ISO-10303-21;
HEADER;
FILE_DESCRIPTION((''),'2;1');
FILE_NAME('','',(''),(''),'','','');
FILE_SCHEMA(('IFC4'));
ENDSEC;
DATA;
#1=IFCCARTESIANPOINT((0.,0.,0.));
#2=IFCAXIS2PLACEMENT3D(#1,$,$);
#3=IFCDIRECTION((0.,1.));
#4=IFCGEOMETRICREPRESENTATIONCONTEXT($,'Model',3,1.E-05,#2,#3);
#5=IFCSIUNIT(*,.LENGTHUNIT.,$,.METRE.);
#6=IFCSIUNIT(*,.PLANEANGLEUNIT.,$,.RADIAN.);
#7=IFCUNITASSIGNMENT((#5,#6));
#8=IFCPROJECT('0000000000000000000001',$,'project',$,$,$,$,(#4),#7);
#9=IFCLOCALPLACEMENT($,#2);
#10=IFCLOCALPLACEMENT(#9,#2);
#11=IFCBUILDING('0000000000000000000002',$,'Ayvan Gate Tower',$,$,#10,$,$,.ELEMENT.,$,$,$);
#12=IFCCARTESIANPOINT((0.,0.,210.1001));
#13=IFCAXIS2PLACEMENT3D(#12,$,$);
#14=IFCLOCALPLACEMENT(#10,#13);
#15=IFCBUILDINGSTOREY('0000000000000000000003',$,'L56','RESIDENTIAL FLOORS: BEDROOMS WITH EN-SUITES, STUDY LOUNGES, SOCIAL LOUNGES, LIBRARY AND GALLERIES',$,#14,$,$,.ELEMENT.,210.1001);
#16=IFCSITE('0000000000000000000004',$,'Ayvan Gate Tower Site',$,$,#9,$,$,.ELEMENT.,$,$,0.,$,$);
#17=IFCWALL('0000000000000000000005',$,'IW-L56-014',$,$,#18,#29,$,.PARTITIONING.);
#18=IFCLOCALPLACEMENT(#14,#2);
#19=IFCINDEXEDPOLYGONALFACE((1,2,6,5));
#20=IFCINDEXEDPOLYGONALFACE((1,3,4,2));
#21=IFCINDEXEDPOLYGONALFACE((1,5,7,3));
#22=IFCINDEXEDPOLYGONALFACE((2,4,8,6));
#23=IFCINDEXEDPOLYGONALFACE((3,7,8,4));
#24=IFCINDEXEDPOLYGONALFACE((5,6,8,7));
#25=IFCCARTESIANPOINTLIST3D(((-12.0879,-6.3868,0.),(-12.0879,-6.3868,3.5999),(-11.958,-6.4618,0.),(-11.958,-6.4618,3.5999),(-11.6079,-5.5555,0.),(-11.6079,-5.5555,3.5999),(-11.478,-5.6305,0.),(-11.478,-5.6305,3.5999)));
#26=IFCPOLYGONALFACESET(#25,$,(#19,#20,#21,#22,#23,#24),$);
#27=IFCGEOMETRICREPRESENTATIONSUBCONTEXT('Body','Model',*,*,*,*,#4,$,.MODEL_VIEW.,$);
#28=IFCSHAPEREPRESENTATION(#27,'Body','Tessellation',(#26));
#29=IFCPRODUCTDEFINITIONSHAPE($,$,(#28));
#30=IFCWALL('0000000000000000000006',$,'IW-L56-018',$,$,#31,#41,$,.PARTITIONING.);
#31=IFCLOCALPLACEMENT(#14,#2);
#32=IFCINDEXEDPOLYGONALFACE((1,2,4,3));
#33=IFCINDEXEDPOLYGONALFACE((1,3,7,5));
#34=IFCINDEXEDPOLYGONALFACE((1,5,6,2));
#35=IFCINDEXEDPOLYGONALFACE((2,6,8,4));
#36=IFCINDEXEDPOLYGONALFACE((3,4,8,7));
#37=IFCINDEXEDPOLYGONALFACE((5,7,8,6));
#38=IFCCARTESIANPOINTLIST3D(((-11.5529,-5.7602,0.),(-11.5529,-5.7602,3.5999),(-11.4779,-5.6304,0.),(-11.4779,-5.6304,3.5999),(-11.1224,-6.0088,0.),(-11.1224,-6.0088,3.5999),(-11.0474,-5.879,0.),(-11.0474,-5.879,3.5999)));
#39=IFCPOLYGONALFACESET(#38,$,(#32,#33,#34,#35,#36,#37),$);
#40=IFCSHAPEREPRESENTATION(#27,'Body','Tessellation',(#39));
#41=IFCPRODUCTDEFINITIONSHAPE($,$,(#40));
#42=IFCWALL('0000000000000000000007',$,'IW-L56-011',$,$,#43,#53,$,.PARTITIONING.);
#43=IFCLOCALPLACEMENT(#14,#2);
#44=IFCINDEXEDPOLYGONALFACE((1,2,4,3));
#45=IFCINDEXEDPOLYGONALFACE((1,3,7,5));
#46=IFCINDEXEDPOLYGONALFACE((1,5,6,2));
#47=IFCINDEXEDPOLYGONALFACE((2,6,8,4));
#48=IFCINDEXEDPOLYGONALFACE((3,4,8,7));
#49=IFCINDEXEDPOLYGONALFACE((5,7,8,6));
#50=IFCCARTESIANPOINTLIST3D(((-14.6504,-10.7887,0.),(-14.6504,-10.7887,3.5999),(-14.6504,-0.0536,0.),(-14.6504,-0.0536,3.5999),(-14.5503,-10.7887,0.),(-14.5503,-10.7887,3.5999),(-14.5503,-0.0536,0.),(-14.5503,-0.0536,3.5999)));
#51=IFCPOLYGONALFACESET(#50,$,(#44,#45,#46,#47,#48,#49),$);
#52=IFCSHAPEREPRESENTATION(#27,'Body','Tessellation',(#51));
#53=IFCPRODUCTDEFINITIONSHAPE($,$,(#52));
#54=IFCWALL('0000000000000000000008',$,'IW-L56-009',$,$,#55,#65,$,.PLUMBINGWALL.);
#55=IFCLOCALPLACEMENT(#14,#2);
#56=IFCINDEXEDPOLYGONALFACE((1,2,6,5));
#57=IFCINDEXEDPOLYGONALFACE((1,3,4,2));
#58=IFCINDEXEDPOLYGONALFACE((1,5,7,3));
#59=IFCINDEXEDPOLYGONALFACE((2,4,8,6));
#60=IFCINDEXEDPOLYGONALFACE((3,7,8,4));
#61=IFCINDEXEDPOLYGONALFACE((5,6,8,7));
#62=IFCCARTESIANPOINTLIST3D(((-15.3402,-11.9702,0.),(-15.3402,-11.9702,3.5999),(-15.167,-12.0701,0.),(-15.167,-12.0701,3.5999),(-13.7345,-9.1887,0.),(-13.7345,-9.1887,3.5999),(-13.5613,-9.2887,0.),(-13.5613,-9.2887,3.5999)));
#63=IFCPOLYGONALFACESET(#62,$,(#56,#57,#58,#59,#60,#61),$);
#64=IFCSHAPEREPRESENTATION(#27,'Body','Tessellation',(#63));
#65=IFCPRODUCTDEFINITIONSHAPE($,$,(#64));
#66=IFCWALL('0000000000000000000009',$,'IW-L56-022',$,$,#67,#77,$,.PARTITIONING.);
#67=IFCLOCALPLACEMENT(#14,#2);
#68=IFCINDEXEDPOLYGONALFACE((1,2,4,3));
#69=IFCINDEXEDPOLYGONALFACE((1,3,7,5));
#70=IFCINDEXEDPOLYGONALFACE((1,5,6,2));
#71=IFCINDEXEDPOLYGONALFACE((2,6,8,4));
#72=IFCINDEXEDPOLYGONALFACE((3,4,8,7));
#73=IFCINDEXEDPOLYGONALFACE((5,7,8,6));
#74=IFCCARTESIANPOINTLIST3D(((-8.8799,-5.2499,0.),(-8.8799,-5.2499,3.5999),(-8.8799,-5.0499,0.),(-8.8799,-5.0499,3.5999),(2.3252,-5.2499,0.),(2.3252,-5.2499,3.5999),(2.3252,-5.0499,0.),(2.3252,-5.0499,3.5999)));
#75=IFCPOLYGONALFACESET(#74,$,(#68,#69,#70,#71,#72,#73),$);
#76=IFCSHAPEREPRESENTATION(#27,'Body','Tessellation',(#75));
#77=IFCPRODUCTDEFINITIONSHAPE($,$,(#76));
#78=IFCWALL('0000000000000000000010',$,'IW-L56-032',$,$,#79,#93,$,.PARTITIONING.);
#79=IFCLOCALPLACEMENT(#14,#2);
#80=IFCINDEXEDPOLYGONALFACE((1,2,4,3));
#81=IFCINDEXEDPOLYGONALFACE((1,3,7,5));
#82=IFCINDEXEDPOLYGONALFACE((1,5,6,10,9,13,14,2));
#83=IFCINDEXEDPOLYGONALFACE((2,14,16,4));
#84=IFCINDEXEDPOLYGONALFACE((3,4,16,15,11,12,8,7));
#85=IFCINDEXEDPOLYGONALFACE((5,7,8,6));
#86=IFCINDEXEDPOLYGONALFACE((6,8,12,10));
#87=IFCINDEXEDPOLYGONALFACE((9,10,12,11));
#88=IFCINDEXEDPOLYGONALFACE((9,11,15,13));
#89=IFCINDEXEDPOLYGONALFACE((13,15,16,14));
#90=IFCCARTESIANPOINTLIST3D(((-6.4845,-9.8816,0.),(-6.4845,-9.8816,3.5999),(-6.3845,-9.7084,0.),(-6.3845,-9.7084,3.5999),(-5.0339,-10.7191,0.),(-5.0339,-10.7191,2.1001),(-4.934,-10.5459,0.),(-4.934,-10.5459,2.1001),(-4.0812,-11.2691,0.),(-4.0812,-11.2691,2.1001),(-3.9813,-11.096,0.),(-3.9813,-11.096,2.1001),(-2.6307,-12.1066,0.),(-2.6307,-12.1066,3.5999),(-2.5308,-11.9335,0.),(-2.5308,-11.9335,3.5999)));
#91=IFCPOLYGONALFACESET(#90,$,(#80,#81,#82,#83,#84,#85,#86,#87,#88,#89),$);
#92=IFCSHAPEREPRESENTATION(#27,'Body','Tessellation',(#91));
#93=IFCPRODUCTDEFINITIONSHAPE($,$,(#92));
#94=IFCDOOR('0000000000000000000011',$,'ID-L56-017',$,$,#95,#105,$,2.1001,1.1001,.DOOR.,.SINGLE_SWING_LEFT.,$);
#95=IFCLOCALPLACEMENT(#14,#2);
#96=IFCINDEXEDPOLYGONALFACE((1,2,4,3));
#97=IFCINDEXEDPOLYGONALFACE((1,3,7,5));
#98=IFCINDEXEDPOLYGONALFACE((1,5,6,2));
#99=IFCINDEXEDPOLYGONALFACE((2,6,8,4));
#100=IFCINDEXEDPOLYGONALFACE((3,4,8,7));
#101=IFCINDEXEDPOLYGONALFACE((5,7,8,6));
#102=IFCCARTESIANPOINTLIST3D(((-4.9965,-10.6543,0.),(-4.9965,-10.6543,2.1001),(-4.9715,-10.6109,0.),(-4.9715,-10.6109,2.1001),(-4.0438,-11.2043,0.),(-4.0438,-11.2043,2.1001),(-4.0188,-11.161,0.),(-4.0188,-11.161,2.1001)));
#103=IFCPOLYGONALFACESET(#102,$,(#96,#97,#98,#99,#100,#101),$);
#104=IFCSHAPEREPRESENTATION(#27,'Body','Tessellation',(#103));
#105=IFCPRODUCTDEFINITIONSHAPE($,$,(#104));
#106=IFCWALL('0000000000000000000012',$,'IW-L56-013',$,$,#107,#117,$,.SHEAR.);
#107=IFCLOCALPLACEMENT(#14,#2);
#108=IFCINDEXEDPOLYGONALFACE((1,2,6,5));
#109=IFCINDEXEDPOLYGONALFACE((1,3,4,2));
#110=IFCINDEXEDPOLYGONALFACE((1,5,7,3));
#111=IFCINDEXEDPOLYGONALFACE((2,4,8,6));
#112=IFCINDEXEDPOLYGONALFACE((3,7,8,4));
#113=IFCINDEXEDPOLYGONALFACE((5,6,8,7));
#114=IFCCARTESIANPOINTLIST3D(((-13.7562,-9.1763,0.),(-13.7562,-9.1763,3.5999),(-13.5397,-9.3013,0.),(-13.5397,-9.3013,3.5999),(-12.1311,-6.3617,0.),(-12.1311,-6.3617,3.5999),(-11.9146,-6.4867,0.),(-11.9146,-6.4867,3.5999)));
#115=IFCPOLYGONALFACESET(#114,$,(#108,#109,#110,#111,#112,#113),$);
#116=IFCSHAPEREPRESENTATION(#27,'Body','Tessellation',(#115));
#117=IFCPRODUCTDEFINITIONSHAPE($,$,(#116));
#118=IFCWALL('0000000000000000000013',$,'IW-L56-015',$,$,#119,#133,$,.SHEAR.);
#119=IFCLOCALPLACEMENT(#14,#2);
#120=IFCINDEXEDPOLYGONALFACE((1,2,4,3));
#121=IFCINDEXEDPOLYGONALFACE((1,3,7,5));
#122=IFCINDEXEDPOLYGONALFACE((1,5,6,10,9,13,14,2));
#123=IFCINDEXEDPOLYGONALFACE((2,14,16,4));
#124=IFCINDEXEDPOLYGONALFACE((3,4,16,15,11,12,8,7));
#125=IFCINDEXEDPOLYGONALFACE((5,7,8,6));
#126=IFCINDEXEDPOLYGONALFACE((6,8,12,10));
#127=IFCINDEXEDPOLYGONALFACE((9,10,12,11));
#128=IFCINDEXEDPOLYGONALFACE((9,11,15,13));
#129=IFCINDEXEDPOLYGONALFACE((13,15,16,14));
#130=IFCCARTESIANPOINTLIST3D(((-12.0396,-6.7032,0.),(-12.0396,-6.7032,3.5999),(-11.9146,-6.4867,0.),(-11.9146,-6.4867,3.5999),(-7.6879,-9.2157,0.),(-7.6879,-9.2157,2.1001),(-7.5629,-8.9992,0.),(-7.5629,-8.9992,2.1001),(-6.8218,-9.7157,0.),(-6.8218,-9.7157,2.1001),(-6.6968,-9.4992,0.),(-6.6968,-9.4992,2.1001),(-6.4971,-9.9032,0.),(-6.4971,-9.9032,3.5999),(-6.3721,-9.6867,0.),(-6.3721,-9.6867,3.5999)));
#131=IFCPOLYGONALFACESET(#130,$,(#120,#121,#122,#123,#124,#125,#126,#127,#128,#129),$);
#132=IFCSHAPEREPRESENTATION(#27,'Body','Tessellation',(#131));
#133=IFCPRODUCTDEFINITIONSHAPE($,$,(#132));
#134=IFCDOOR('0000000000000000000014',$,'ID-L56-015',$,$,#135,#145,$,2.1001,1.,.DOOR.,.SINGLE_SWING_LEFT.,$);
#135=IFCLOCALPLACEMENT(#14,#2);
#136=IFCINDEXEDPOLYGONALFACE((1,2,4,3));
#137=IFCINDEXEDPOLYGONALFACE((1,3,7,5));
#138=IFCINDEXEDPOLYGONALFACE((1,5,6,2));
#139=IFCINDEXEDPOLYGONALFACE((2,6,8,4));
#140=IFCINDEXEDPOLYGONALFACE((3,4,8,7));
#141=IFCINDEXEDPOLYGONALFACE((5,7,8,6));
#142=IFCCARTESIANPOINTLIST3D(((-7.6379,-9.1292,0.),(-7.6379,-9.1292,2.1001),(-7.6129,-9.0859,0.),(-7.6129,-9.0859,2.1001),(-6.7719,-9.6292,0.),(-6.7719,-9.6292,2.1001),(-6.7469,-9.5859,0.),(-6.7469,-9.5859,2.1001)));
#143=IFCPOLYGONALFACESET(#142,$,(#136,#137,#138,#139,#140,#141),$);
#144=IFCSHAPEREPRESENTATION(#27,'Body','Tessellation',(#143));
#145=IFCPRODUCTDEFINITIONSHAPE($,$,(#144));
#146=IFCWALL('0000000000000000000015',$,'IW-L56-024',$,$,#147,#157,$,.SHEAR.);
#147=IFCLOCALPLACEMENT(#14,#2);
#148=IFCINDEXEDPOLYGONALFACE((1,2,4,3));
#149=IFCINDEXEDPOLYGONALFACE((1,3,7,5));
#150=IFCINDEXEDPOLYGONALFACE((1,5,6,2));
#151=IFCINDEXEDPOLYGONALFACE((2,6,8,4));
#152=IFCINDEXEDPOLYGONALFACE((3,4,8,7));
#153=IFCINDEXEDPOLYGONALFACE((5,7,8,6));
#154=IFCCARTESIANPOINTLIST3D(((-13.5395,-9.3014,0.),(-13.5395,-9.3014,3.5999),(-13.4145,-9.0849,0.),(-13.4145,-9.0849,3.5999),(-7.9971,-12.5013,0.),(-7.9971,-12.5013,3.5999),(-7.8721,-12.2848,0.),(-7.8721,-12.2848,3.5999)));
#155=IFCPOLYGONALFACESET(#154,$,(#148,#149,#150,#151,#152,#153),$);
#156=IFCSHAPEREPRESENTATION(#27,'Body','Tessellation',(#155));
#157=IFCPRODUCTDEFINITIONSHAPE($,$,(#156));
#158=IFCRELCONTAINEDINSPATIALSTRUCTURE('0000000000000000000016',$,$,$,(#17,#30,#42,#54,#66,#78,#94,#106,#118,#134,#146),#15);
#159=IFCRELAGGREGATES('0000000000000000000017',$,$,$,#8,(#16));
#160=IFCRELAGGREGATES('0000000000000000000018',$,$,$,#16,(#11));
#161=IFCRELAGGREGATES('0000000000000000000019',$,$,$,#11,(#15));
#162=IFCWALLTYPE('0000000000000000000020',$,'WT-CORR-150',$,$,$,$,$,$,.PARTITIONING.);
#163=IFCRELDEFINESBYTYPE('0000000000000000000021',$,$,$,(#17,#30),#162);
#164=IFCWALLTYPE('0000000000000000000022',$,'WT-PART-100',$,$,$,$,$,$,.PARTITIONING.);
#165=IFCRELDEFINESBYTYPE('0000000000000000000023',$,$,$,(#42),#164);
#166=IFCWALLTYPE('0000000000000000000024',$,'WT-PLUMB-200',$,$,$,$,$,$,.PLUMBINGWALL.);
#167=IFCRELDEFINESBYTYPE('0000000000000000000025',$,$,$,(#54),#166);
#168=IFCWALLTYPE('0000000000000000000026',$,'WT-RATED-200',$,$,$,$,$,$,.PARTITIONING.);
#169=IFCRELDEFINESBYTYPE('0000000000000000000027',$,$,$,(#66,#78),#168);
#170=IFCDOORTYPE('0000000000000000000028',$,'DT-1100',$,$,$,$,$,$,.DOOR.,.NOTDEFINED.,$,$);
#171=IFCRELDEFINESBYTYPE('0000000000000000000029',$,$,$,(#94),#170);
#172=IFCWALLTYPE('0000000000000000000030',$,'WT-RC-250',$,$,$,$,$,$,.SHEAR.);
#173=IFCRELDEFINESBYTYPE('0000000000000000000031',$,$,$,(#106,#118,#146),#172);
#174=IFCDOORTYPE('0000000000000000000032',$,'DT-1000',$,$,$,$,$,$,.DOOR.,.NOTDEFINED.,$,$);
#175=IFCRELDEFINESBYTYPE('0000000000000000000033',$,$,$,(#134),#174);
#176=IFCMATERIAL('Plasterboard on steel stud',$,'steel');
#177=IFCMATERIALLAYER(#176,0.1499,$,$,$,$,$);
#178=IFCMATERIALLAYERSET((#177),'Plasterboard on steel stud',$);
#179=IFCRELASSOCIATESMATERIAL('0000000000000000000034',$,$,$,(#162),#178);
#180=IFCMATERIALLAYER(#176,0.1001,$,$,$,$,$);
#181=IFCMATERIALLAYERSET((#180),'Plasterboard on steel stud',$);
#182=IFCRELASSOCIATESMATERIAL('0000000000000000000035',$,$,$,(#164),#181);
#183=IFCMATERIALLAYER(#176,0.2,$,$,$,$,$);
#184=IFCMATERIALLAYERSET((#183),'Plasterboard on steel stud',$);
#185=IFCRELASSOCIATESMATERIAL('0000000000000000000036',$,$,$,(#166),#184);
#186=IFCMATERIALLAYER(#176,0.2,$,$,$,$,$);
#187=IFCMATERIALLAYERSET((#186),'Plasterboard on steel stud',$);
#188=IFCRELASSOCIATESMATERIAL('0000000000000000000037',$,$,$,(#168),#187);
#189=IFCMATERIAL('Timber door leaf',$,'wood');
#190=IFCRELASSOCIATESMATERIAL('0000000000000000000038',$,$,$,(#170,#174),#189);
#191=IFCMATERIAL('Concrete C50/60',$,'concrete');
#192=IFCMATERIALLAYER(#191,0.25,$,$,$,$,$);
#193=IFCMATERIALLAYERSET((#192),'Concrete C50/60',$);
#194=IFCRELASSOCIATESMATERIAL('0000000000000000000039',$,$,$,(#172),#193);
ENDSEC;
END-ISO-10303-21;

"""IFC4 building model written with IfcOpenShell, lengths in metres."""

from ifc_helpers import new_model, si_unit, direction, frame, frame_2d, origin, place, context, subcontext, project, spatial, rectangle, extrude, material, layer, layer_set, type_object, element, fill, save


model = new_model("IFC4")

# Units and contexts
model_context = context("Model", 3, precision=1e-05, world=origin(), true_north=direction((0.0, 1.0)))
body_context = subcontext(model_context, "Body", "Model", "MODEL_VIEW")
ifc_project = project(units=[si_unit("LENGTHUNIT", "METRE"), si_unit("PLANEANGLEUNIT", "RADIAN")], contexts=[model_context])

# Site, building, storey
site_placement = place(None, origin())
site = spatial("IfcSite", under=ifc_project, at=site_placement, Name="Ayvan Gate Tower Site", CompositionType="ELEMENT", RefElevation=0.0)
building_placement = place(site_placement, origin())
building = spatial("IfcBuilding", under=site, at=building_placement, Name="Ayvan Gate Tower", CompositionType="ELEMENT")
storey_placement = place(building_placement, frame((0.0, 0.0, 210.1001)))
storey = spatial("IfcBuildingStorey", under=building, at=storey_placement, Name="L56", Description="RESIDENTIAL FLOORS: BEDROOMS WITH EN-SUITES, STUDY LOUNGES, SOCIAL LOUNGES, LIBRARY AND GALLERIES", CompositionType="ELEMENT", Elevation=210.1001)

# Shared definitions
ifc_material_1 = material(Name="Timber door leaf", Category="wood")

# Walls
ifc_material_2 = material(Name="Plasterboard on steel stud", Category="steel")
ifc_layer_1 = layer(ifc_material_2, 0.1499)
ifc_layer_set_1 = layer_set([ifc_layer_1], Name="Plasterboard on steel stud")
wall_type_1 = type_object("IfcWallType", Name="WT-CORR-150", PredefinedType="PARTITIONING", material=ifc_layer_set_1)
wall_1_placement = place(storey_placement, frame((-12.0229, -6.4243, 0.0), z_axis=(0.0, 0.0, 1.0), x_axis=(0.500023, 0.866012, 0.0)))
element("IfcWall", 1, at=wall_1_placement, inside=storey, type_object=wall_type_1, Name="IW-L56-014", PredefinedType="PARTITIONING", context=body_context, shape_type="SweptSolid", body=[
    extrude(rectangle(XDim=0.96, YDim=0.1499, at=frame_2d((0.48, 0.0))), origin(), (0.0, 0.0, 1.0), 3.5999),
])
wall_2_placement = place(storey_placement, frame((-11.5154, -5.6953, 0.0), z_axis=(0.0, 0.0, 1.0), x_axis=(0.865997, -0.500048, 0.0)))
element("IfcWall", 2, at=wall_2_placement, inside=storey, type_object=wall_type_1, Name="IW-L56-018", PredefinedType="PARTITIONING", context=body_context, shape_type="SweptSolid", body=[
    extrude(rectangle(XDim=0.4971, YDim=0.1499, at=frame_2d((0.2485, 0.0))), origin(), (0.0, 0.0, 1.0), 3.5999),
])
ifc_layer_2 = layer(ifc_material_2, 0.1001)
ifc_layer_set_2 = layer_set([ifc_layer_2], Name="Plasterboard on steel stud")
wall_type_2 = type_object("IfcWallType", Name="WT-PART-100", PredefinedType="PARTITIONING", material=ifc_layer_set_2)
wall_3_placement = place(storey_placement, frame((-14.6003, -10.7888, 0.0), z_axis=(0.0, 0.0, 1.0), x_axis=(0.0, 1.0, 0.0)))
element("IfcWall", 3, at=wall_3_placement, inside=storey, type_object=wall_type_2, Name="IW-L56-011", PredefinedType="PARTITIONING", context=body_context, shape_type="SweptSolid", body=[
    extrude(rectangle(XDim=10.7351, YDim=0.1001, at=frame_2d((5.3677, 0.0))), origin(), (0.0, 0.0, 1.0), 3.5999),
])
ifc_layer_3 = layer(ifc_material_2, 0.2)
ifc_layer_set_3 = layer_set([ifc_layer_3], Name="Plasterboard on steel stud")
wall_type_3 = type_object("IfcWallType", Name="WT-PLUMB-200", PredefinedType="PLUMBINGWALL", material=ifc_layer_set_3)
wall_4_placement = place(storey_placement, frame((-15.2537, -12.0203, 0.0), z_axis=(0.0, 0.0, 1.0), x_axis=(0.499957, 0.86605, 0.0)))
element("IfcWall", 4, at=wall_4_placement, inside=storey, type_object=wall_type_3, Name="IW-L56-009", PredefinedType="PLUMBINGWALL", context=body_context, shape_type="SweptSolid", body=[
    extrude(rectangle(XDim=3.2117, YDim=0.2, at=frame_2d((1.606, 0.0))), origin(), (0.0, 0.0, 1.0), 3.5999),
])
ifc_layer_4 = layer(ifc_material_2, 0.2)
ifc_layer_set_4 = layer_set([ifc_layer_4], Name="Plasterboard on steel stud")
wall_type_4 = type_object("IfcWallType", Name="WT-RATED-200", PredefinedType="PARTITIONING", material=ifc_layer_set_4)
wall_5_placement = place(storey_placement, frame((-8.8799, -5.1499, 0.0), z_axis=(0.0, 0.0, 1.0), x_axis=(1.0, 0.0, 0.0)))
element("IfcWall", 5, at=wall_5_placement, inside=storey, type_object=wall_type_4, Name="IW-L56-022", PredefinedType="PARTITIONING", context=body_context, shape_type="SweptSolid", body=[
    extrude(rectangle(XDim=11.2051, YDim=0.2, at=frame_2d((5.6025, 0.0))), origin(), (0.0, 0.0, 1.0), 3.5999),
])

# Wall, opening, door
wall_6_placement = place(storey_placement, frame((-6.4346, -9.7949, 0.0), z_axis=(0.0, 0.0, 1.0), x_axis=(0.866013, -0.500022, 0.0)))
wall_6 = element("IfcWall", 6, at=wall_6_placement, inside=storey, type_object=wall_type_4, Name="IW-L56-032", PredefinedType="PARTITIONING", context=body_context, shape_type="SweptSolid", body=[
    extrude(rectangle(XDim=4.45, YDim=0.2, at=frame_2d((2.2251, 0.0))), origin(), (0.0, 0.0, 1.0), 3.5999),
])
opening_1_placement = place(wall_6_placement, frame((1.675, 0.0, 0.0)))
opening_1 = element("IfcOpeningElement", 7, at=opening_1_placement, cuts=wall_6, PredefinedType="OPENING", context=body_context, shape_type="SweptSolid", body=[
    extrude(rectangle(XDim=1.1001, YDim=2.1001, at=frame_2d((0.55, 1.05))), frame((0.0, 0.1099, 0.0), z_axis=(0.0, -1.0, 0.0), x_axis=(1.0, 0.0, 0.0)), (0.0, 0.0, 1.0), 0.22),
])
door_type_1 = type_object("IfcDoorType", Name="DT-1100", OperationType="NOTDEFINED", PredefinedType="DOOR", material=ifc_material_1)
door_1_placement = place(opening_1_placement, origin())
door_1 = element("IfcDoor", 8, at=door_1_placement, inside=storey, type_object=door_type_1, Name="ID-L56-017", OperationType="SINGLE_SWING_LEFT", OverallHeight=2.1001, OverallWidth=1.1001, PredefinedType="DOOR", context=body_context, shape_type="SweptSolid", body=[
    extrude(rectangle(XDim=1.1001, YDim=2.1001, at=frame_2d((0.55, 1.05))), frame((0.0, 0.0249, 0.0), z_axis=(0.0, -1.0, 0.0), x_axis=(1.0, 0.0, 0.0)), (0.0, 0.0, 1.0), 0.05),
])
fill(opening_1, door_1)

# Wall
ifc_material_3 = material(Name="Concrete C50/60", Category="concrete")
ifc_layer_5 = layer(ifc_material_3, 0.25)
ifc_layer_set_5 = layer_set([ifc_layer_5], Name="Concrete C50/60")
wall_type_5 = type_object("IfcWallType", Name="WT-RC-250", PredefinedType="SHEAR", material=ifc_layer_set_5)
wall_7_placement = place(storey_placement, frame((-13.6479, -9.2388, 0.0), z_axis=(0.0, 0.0, 1.0), x_axis=(0.500017, 0.866015, 0.0)))
element("IfcWall", 9, at=wall_7_placement, inside=storey, type_object=wall_type_5, Name="IW-L56-013", PredefinedType="SHEAR", context=body_context, shape_type="SweptSolid", body=[
    extrude(rectangle(XDim=3.25, YDim=0.25, at=frame_2d((1.625, 0.0))), origin(), (0.0, 0.0, 1.0), 3.5999),
])

# Wall, opening, door
wall_8_placement = place(storey_placement, frame((-11.9771, -6.595, 0.0), z_axis=(0.0, 0.0, 1.0), x_axis=(0.866025, -0.5, 0.0)))
wall_8 = element("IfcWall", 10, at=wall_8_placement, inside=storey, type_object=wall_type_5, Name="IW-L56-015", PredefinedType="SHEAR", context=body_context, shape_type="SweptSolid", body=[
    extrude(rectangle(XDim=6.3999, YDim=0.25, at=frame_2d((3.2, 0.0))), origin(), (0.0, 0.0, 1.0), 3.5999),
])
opening_2_placement = place(wall_8_placement, frame((5.0249, 0.0, 0.0)))
opening_2 = element("IfcOpeningElement", 11, at=opening_2_placement, cuts=wall_8, PredefinedType="OPENING", context=body_context, shape_type="SweptSolid", body=[
    extrude(rectangle(XDim=1.0, YDim=2.1001, at=frame_2d((0.5, 1.05))), frame((0.0, 0.135, 0.0), z_axis=(0.0, -1.0, 0.0), x_axis=(1.0, 0.0, 0.0)), (0.0, 0.0, 1.0), 0.27),
])
door_type_2 = type_object("IfcDoorType", Name="DT-1000", OperationType="NOTDEFINED", PredefinedType="DOOR", material=ifc_material_1)
door_2_placement = place(opening_2_placement, origin())
door_2 = element("IfcDoor", 12, at=door_2_placement, inside=storey, type_object=door_type_2, Name="ID-L56-015", OperationType="SINGLE_SWING_LEFT", OverallHeight=2.1001, OverallWidth=1.0, PredefinedType="DOOR", context=body_context, shape_type="SweptSolid", body=[
    extrude(rectangle(XDim=1.0, YDim=2.1001, at=frame_2d((0.5, 1.05))), frame((0.0, 0.0249, 0.0), z_axis=(0.0, -1.0, 0.0), x_axis=(1.0, 0.0, 0.0)), (0.0, 0.0, 1.0), 0.05),
])
fill(opening_2, door_2)

# Wall
wall_9_placement = place(storey_placement, frame((-7.9346, -12.3931, 0.0), z_axis=(0.0, 0.0, 1.0), x_axis=(-0.866025, 0.5, 0.0)))
element("IfcWall", 13, at=wall_9_placement, inside=storey, type_object=wall_type_5, Name="IW-L56-024", PredefinedType="SHEAR", context=body_context, shape_type="SweptSolid", body=[
    extrude(rectangle(XDim=6.3999, YDim=0.25, at=frame_2d((3.2, 0.0))), origin(), (0.0, 0.0, 1.0), 3.5999),
])

save(model, "model.ifc")
